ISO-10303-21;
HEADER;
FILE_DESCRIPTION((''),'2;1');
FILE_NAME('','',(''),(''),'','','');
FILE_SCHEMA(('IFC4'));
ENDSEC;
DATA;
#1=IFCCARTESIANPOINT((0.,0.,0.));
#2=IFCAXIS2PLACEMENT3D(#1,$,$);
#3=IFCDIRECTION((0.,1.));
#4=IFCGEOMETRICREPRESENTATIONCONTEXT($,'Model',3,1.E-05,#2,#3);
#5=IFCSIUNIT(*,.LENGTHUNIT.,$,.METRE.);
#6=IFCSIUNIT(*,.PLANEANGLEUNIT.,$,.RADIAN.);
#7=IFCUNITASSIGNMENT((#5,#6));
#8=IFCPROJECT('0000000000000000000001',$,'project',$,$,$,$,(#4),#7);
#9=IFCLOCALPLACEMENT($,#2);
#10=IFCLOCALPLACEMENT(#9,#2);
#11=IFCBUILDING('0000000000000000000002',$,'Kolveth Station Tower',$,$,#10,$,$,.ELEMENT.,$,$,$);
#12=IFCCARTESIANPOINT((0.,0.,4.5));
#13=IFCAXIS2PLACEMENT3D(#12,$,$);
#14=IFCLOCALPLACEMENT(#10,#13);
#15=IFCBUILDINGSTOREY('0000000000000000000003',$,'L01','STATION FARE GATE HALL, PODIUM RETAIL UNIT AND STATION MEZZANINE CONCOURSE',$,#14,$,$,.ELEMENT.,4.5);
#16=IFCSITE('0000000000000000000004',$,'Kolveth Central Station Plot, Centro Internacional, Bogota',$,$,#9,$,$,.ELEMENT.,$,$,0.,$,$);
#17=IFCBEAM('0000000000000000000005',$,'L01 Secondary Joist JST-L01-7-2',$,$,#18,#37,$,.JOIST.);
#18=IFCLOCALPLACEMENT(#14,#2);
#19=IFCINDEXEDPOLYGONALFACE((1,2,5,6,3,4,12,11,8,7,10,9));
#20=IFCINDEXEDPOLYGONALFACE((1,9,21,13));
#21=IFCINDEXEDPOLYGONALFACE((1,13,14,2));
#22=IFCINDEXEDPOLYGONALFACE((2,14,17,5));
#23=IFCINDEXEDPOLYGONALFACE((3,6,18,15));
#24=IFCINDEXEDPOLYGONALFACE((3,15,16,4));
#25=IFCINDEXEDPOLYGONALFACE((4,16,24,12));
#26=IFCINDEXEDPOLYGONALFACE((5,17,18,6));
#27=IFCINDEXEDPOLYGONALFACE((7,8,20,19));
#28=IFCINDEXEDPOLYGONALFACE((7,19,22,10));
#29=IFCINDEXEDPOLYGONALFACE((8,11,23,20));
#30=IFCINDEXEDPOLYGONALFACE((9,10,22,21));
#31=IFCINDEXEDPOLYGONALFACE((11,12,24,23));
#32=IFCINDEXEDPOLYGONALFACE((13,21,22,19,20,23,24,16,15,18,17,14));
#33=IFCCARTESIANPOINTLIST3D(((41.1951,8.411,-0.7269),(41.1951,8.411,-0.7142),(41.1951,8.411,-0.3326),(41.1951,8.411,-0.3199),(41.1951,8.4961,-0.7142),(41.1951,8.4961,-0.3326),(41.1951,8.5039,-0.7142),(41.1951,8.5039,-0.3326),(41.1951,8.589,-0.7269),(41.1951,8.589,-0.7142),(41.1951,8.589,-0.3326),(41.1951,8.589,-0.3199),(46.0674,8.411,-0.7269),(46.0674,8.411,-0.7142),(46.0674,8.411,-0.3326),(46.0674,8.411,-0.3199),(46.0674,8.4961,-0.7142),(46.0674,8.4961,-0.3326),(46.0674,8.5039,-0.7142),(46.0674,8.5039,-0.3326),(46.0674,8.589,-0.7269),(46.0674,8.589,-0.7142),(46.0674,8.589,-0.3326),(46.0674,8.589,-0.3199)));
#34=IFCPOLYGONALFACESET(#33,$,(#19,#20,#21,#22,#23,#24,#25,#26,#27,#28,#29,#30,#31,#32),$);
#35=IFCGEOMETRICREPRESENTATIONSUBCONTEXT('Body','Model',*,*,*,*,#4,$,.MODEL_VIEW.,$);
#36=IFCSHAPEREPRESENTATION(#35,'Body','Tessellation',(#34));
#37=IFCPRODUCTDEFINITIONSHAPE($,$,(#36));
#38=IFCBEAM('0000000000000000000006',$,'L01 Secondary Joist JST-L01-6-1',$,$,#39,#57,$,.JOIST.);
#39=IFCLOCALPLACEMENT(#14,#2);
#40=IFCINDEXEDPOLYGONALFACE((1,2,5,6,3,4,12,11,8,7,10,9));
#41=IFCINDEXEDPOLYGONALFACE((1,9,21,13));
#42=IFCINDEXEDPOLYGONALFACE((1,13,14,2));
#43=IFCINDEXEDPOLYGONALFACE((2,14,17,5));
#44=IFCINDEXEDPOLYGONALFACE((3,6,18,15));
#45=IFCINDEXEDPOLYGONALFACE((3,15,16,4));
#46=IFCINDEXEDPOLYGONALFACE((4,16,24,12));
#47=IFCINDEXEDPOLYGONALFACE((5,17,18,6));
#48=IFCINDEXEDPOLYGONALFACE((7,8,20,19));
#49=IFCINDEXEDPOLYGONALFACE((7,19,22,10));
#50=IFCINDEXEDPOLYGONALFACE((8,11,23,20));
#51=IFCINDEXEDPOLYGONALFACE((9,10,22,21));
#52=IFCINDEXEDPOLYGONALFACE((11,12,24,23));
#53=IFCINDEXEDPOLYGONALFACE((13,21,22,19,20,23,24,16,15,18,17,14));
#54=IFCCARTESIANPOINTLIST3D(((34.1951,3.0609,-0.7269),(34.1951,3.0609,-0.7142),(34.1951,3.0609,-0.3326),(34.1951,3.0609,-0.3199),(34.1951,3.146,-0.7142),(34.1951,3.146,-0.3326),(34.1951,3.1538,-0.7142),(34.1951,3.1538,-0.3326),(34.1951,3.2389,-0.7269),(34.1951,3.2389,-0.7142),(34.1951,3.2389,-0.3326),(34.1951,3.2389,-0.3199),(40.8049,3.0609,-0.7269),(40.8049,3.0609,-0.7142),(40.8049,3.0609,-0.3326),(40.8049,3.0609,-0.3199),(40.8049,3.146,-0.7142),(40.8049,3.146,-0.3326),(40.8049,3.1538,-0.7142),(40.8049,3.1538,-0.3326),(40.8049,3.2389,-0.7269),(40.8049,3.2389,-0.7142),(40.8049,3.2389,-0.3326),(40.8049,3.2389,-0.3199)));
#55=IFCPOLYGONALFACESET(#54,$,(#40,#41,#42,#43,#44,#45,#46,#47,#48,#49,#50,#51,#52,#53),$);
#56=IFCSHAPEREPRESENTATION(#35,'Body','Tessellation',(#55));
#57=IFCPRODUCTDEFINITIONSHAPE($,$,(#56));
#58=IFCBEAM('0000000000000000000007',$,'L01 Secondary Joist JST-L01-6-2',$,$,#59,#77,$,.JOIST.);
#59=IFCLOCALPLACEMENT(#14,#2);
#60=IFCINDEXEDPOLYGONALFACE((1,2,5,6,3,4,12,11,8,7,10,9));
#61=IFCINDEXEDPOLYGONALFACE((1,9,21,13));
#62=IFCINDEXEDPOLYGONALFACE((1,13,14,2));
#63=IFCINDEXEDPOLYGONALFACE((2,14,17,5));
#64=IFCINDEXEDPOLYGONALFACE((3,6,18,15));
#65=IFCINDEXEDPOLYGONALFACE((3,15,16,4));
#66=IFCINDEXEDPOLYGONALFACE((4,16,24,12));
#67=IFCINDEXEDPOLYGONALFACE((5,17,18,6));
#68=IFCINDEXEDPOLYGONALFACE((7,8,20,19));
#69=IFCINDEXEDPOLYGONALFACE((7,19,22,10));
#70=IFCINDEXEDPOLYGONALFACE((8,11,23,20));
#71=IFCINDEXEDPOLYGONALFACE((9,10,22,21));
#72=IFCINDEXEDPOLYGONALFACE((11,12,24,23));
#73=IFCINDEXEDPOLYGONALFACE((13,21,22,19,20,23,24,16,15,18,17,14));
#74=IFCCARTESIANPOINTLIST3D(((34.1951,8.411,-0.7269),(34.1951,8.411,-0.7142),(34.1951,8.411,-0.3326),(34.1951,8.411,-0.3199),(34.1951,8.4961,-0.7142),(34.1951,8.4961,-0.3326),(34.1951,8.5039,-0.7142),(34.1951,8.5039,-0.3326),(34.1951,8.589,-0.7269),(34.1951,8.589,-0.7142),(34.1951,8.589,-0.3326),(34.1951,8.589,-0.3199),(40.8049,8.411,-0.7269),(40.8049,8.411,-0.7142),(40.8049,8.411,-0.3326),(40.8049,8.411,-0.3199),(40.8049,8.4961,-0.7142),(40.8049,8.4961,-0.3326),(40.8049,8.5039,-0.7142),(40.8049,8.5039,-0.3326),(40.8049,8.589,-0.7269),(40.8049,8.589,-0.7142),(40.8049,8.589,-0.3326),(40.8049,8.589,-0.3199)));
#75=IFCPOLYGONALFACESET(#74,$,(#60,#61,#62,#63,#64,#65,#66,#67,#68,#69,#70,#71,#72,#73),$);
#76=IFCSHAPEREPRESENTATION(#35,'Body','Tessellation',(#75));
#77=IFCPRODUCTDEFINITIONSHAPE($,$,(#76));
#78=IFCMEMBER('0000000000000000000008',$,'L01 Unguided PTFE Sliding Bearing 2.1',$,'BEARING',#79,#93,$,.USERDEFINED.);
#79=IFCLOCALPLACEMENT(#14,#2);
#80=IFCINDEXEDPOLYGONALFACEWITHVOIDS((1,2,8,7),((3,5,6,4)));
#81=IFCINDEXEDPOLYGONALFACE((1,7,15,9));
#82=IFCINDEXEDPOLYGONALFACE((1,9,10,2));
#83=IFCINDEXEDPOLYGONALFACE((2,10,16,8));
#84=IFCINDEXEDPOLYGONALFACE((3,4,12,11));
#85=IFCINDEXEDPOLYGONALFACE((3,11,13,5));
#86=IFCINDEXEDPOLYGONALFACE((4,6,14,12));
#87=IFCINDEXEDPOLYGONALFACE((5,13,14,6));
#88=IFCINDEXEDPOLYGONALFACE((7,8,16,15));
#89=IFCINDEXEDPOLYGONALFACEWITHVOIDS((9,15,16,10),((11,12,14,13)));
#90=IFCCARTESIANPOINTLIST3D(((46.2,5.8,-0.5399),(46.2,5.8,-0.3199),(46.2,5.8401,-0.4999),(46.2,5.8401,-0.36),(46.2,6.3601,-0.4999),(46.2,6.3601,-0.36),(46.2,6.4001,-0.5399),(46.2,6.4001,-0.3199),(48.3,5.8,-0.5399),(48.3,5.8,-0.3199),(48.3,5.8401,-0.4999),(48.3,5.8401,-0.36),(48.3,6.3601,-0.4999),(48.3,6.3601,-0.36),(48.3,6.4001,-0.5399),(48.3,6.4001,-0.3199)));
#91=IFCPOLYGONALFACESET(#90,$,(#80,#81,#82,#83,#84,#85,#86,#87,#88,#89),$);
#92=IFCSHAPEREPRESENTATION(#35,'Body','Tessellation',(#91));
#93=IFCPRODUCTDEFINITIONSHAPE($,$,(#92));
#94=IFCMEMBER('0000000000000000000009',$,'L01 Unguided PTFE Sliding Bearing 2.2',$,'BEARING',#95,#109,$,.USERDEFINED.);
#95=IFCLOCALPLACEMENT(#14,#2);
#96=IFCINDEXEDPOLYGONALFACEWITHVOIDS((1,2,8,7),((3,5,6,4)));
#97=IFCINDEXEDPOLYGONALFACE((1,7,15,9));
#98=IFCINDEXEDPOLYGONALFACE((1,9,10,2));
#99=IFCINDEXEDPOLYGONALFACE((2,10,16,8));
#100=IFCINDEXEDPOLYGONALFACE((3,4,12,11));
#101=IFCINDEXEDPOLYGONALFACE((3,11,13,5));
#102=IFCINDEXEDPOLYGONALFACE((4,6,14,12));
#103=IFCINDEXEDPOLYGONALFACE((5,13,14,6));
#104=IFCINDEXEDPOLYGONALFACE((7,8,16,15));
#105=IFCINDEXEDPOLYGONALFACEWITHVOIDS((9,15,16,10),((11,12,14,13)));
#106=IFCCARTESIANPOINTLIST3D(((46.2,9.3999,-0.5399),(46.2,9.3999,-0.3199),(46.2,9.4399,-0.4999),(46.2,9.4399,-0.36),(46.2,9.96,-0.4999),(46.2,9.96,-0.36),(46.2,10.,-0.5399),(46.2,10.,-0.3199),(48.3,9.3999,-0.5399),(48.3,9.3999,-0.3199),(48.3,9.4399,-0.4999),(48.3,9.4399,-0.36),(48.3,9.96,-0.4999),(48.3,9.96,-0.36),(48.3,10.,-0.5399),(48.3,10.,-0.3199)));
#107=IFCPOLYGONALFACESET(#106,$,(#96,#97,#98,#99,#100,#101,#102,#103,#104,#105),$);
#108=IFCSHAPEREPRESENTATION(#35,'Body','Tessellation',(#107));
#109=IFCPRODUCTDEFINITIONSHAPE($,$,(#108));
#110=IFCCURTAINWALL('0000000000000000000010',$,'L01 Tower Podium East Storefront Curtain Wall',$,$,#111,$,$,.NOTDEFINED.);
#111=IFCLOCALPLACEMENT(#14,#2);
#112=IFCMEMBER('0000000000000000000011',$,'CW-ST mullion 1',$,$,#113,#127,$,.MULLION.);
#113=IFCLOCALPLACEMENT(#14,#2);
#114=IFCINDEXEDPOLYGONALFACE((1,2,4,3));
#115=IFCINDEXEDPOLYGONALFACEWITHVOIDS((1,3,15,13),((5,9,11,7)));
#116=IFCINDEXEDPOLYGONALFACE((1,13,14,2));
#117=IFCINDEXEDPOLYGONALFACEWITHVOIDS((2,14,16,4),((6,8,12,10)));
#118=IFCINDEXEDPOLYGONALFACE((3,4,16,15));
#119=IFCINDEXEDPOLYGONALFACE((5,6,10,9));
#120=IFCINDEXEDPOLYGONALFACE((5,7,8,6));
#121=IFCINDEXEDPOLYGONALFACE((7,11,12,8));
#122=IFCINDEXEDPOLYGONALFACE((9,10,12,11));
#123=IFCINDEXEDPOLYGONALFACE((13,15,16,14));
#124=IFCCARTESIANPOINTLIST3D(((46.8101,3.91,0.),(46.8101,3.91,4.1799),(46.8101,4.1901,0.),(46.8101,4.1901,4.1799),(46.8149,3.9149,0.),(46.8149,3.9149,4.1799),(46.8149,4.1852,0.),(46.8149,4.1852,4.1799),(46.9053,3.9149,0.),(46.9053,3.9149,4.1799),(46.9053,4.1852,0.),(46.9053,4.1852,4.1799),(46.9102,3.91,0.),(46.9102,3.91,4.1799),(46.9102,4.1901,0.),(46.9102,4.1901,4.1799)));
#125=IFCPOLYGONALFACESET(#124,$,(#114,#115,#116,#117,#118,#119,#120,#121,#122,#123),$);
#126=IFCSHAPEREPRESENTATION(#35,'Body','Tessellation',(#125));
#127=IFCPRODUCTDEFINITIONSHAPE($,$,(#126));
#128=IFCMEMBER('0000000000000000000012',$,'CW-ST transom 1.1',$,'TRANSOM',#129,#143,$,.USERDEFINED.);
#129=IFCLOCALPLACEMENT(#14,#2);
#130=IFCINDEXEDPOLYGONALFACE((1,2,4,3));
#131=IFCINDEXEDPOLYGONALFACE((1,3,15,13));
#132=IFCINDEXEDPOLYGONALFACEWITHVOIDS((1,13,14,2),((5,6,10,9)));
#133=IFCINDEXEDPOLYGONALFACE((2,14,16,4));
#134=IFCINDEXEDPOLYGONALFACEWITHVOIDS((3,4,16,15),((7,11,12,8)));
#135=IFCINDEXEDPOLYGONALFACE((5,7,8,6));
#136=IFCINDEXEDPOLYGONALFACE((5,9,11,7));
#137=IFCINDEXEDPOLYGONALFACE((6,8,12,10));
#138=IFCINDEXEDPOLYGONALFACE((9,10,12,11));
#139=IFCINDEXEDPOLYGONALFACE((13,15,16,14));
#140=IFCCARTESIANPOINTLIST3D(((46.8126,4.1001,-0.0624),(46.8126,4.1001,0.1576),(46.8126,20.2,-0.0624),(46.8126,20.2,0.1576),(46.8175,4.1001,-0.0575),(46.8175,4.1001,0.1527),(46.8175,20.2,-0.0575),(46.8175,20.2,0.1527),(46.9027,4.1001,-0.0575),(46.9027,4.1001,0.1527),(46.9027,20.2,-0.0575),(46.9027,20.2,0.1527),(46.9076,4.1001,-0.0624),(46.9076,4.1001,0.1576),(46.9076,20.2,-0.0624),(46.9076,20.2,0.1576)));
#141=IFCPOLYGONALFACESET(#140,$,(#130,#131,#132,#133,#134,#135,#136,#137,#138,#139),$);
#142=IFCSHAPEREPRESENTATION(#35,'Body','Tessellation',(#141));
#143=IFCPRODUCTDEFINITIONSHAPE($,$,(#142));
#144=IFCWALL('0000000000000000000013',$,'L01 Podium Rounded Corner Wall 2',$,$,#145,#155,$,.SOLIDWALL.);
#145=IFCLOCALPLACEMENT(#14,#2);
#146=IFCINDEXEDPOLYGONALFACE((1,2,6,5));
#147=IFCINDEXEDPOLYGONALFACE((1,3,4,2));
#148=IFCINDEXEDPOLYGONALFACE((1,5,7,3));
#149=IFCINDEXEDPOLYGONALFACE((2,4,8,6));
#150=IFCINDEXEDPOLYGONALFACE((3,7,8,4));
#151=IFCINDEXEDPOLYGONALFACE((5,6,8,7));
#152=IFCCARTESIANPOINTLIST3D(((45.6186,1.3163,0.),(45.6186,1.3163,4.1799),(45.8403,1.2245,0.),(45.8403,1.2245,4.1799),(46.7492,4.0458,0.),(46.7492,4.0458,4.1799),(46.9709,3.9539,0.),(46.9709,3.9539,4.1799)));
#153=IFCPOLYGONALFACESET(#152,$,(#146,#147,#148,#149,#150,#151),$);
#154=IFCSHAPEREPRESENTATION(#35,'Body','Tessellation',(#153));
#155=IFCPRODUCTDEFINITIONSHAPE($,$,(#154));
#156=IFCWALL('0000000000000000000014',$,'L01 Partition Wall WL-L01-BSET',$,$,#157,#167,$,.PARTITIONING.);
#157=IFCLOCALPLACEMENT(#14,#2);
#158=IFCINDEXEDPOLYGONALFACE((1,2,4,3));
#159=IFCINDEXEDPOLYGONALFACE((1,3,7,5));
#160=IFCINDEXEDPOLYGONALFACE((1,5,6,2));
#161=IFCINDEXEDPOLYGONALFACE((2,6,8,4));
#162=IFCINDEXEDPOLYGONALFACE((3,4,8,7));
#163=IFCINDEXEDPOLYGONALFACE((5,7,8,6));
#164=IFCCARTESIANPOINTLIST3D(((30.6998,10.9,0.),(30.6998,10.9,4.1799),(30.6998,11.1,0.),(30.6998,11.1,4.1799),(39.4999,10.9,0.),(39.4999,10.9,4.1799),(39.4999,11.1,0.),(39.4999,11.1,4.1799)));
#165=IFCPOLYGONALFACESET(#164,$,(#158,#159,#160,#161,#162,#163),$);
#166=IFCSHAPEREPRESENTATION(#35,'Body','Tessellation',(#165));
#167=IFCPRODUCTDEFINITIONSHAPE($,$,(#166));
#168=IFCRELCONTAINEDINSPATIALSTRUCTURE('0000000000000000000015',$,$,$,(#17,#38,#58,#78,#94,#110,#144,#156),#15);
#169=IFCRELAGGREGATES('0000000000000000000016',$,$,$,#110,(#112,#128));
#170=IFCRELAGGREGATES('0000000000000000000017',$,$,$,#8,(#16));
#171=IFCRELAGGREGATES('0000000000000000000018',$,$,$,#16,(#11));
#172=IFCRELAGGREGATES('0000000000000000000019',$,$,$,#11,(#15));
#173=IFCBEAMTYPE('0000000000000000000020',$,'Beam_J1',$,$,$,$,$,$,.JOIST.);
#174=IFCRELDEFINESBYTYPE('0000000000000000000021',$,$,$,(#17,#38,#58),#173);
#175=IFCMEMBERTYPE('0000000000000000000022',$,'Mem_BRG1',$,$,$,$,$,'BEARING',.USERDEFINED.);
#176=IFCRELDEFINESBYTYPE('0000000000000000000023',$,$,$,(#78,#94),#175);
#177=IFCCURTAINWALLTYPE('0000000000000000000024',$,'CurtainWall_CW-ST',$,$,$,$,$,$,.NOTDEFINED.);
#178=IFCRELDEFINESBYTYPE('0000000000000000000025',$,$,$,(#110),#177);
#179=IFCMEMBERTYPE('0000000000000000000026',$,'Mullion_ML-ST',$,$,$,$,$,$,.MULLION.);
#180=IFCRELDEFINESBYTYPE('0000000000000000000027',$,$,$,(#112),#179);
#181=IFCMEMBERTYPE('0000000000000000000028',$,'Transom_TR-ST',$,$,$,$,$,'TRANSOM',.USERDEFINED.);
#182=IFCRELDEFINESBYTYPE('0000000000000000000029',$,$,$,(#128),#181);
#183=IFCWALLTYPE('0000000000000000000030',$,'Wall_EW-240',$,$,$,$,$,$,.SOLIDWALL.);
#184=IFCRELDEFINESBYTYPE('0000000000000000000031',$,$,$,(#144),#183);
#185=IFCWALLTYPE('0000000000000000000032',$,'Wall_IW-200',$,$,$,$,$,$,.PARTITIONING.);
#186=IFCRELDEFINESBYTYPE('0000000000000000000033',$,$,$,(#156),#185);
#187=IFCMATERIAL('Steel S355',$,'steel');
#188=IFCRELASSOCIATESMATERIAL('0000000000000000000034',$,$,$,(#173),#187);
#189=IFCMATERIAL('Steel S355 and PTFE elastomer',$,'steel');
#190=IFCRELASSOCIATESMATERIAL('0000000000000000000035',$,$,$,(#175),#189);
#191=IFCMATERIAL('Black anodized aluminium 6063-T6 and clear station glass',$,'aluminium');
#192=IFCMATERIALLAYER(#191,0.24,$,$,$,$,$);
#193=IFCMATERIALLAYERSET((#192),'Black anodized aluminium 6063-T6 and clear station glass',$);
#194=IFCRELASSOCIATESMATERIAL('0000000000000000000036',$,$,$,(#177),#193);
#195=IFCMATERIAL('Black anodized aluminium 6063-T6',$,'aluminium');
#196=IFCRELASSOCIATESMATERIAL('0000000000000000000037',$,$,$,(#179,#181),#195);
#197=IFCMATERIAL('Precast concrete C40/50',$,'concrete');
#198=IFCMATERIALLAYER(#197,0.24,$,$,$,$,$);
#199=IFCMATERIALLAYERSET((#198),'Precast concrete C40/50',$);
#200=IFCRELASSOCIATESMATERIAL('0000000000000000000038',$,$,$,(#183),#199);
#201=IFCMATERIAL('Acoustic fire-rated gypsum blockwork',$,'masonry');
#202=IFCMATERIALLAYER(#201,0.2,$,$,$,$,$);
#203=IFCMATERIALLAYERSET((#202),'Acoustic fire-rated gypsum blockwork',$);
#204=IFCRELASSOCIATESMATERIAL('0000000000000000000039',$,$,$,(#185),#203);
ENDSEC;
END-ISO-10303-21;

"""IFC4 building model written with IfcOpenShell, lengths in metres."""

from ifc_helpers import new_model, si_unit, direction, frame, frame_2d, origin, origin_2d, place, context, subcontext, project, spatial, rectangle, hollow_rectangle, i_section, extrude, source, transform, mapped, material, layer, layer_set, material_profile, profile_set, type_object, element, aggregate, save


model = new_model("IFC4")

# Units and contexts
model_context = context("Model", 3, precision=1e-05, world=origin(), true_north=direction((0.0, 1.0)))
body_context = subcontext(model_context, "Body", "Model", "MODEL_VIEW")
ifc_project = project(units=[si_unit("LENGTHUNIT", "METRE"), si_unit("PLANEANGLEUNIT", "RADIAN")], contexts=[model_context])

# Site, building, storey
site_placement = place(None, origin())
site = spatial("IfcSite", under=ifc_project, at=site_placement, Name="Kolveth Central Station Plot, Centro Internacional, Bogota", CompositionType="ELEMENT", RefElevation=0.0)
building_placement = place(site_placement, origin())
building = spatial("IfcBuilding", under=site, at=building_placement, Name="Kolveth Station Tower", CompositionType="ELEMENT")
storey_placement = place(building_placement, frame((0.0, 0.0, 4.5)))
storey = spatial("IfcBuildingStorey", under=building, at=storey_placement, Name="L01", Description="STATION FARE GATE HALL, PODIUM RETAIL UNIT AND STATION MEZZANINE CONCOURSE", CompositionType="ELEMENT", Elevation=4.5)

# Beams
ifc_material_1 = material(Name="Steel S355", Category="steel")
ifc_material_profile_1 = material_profile(ifc_material_1, i_section(OverallWidth=0.178, OverallDepth=0.407, WebThickness=0.0078, FlangeThickness=0.0127, at=origin_2d()), Name="W410x60")
ifc_profile_set_1 = profile_set([ifc_material_profile_1], Name="Steel S355")
beam_type_1 = type_object("IfcBeamType", Name="Beam_J1", PredefinedType="JOIST", material=ifc_profile_set_1)
shared_shape_1 = source(origin(), body_context, "Body", "SweptSolid", [
    extrude(i_section(OverallWidth=0.178, OverallDepth=0.407, WebThickness=0.0078, FlangeThickness=0.0127, at=origin_2d()), origin(), (0.0, 0.0, 1.0), 4.8723),
])
beam_1_placement = place(storey_placement, frame((41.1951, 8.5, -0.5234), z_axis=(1.0, 0.0, 0.0), x_axis=(0.0, 1.0, 0.0)))
element("IfcBeam", 1, at=beam_1_placement, inside=storey, type_object=beam_type_1, Name="L01 Secondary Joist JST-L01-7-2", PredefinedType="JOIST", context=body_context, shape_type="MappedRepresentation", body=[
    mapped(shared_shape_1, transform((0.0, 0.0, 0.0), x_axis=(1.0, 0.0, 0.0), y_axis=(0.0, 1.0, 0.0), z_axis=(0.0, 0.0, 1.0), scale=1.0)),
])
shared_shape_2 = source(origin(), body_context, "Body", "SweptSolid", [
    extrude(i_section(OverallWidth=0.178, OverallDepth=0.407, WebThickness=0.0078, FlangeThickness=0.0127, at=origin_2d()), origin(), (0.0, 0.0, 1.0), 6.6099),
])
for number, where, z_axis, x_axis, name in (
    (2, (34.1951, 3.1499, -0.5234), (1.0, 0.0, 0.0), (0.0, 1.0, 0.0), "L01 Secondary Joist JST-L01-6-1"),
    (3, (34.1951, 8.5, -0.5234), (1.0, 0.0, 0.0), (0.0, 1.0, 0.0), "L01 Secondary Joist JST-L01-6-2"),
):
    element("IfcBeam", number, at=place(storey_placement, frame(where, z_axis=z_axis, x_axis=x_axis)), inside=storey, type_object=beam_type_1, Name=name, PredefinedType="JOIST", context=body_context, shape_type="MappedRepresentation", body=[
        mapped(shared_shape_2, transform((0.0, 0.0, 0.0), x_axis=(1.0, 0.0, 0.0), y_axis=(0.0, 1.0, 0.0), z_axis=(0.0, 0.0, 1.0), scale=1.0)),
    ])

# Members
ifc_material_2 = material(Name="Steel S355 and PTFE elastomer", Category="steel")
ifc_material_profile_2 = material_profile(ifc_material_2, hollow_rectangle(XDim=0.6001, YDim=0.22, WallThickness=0.04, at=origin_2d()), Name="PTFE-BEARING-750x600")
ifc_profile_set_2 = profile_set([ifc_material_profile_2], Name="Steel S355 and PTFE elastomer")
member_type_1 = type_object("IfcMemberType", Name="Mem_BRG1", ElementType="BEARING", PredefinedType="USERDEFINED", material=ifc_profile_set_2)
shared_shape_3 = source(origin(), body_context, "Body", "SweptSolid", [
    extrude(hollow_rectangle(XDim=0.6001, YDim=0.22, WallThickness=0.04, at=origin_2d()), origin(), (0.0, 0.0, 1.0), 2.1001),
])
for number, where, z_axis, x_axis, name in (
    (4, (46.2, 6.1001, -0.4299), (1.0, 0.0, 0.0), (0.0, 1.0, 0.0), "L01 Unguided PTFE Sliding Bearing 2.1"),
    (5, (46.2, 9.7, -0.4299), (1.0, 0.0, 0.0), (0.0, 1.0, 0.0), "L01 Unguided PTFE Sliding Bearing 2.2"),
):
    element("IfcMember", number, at=place(storey_placement, frame(where, z_axis=z_axis, x_axis=x_axis)), inside=storey, type_object=member_type_1, Name=name, ObjectType="BEARING", PredefinedType="USERDEFINED", context=body_context, shape_type="MappedRepresentation", body=[
        mapped(shared_shape_3, transform((0.0, 0.0, 0.0), x_axis=(1.0, 0.0, 0.0), y_axis=(0.0, 1.0, 0.0), z_axis=(0.0, 0.0, 1.0), scale=1.0)),
    ])

# Curtain wall, members
ifc_material_3 = material(Name="Black anodized aluminium 6063-T6 and clear station glass", Category="aluminium")
ifc_layer_1 = layer(ifc_material_3, 0.24)
ifc_layer_set_1 = layer_set([ifc_layer_1], Name="Black anodized aluminium 6063-T6 and clear station glass")
curtain_wall_type = type_object("IfcCurtainWallType", Name="CurtainWall_CW-ST", PredefinedType="NOTDEFINED", material=ifc_layer_set_1)
curtain_wall_placement = place(storey_placement, origin())
curtain_wall = element("IfcCurtainWall", 6, at=curtain_wall_placement, inside=storey, type_object=curtain_wall_type, Name="L01 Tower Podium East Storefront Curtain Wall", PredefinedType="NOTDEFINED")
ifc_material_4 = material(Name="Black anodized aluminium 6063-T6", Category="aluminium")
ifc_material_profile_3 = material_profile(ifc_material_4, hollow_rectangle(XDim=0.1001, YDim=0.28, WallThickness=0.0049, at=origin_2d()), Name="ALU-100x280x5")
ifc_profile_set_3 = profile_set([ifc_material_profile_3], Name="Black anodized aluminium 6063-T6")
member_type_2 = type_object("IfcMemberType", Name="Mullion_ML-ST", PredefinedType="MULLION", material=ifc_profile_set_3)
shared_shape_4 = source(origin(), body_context, "Body", "SweptSolid", [
    extrude(hollow_rectangle(XDim=0.1001, YDim=0.28, WallThickness=0.0049, at=origin_2d()), origin(), (0.0, 0.0, 1.0), 4.1799),
])
member_1_placement = place(storey_placement, frame((46.8601, 4.05, 0.0), z_axis=(0.0, 0.0, 1.0), x_axis=(-1.0, 0.0, 0.0)))
member_1 = element("IfcMember", 7, at=member_1_placement, type_object=member_type_2, Name="CW-ST mullion 1", PredefinedType="MULLION", context=body_context, shape_type="MappedRepresentation", body=[
    mapped(shared_shape_4, transform((0.0, 0.0, 0.0), x_axis=(1.0, 0.0, 0.0), y_axis=(0.0, 1.0, 0.0), z_axis=(0.0, 0.0, 1.0), scale=1.0)),
])
ifc_material_profile_4 = material_profile(ifc_material_4, hollow_rectangle(XDim=0.095, YDim=0.22, WallThickness=0.0049, at=origin_2d()), Name="ALU-95x220x5")
ifc_profile_set_4 = profile_set([ifc_material_profile_4], Name="Black anodized aluminium 6063-T6")
member_type_3 = type_object("IfcMemberType", Name="Transom_TR-ST", ElementType="TRANSOM", PredefinedType="USERDEFINED", material=ifc_profile_set_4)
shared_shape_5 = source(origin(), body_context, "Body", "SweptSolid", [
    extrude(hollow_rectangle(XDim=0.095, YDim=0.22, WallThickness=0.0049, at=origin_2d()), origin(), (0.0, 0.0, 1.0), 16.0999),
])
member_2_placement = place(storey_placement, frame((46.8601, 4.1001, 0.0476), z_axis=(0.0, 1.0, 0.0), x_axis=(-1.0, 0.0, 0.0)))
member_2 = element("IfcMember", 8, at=member_2_placement, type_object=member_type_3, Name="CW-ST transom 1.1", ObjectType="TRANSOM", PredefinedType="USERDEFINED", context=body_context, shape_type="MappedRepresentation", body=[
    mapped(shared_shape_5, transform((0.0, 0.0, 0.0), x_axis=(1.0, 0.0, 0.0), y_axis=(0.0, 1.0, 0.0), z_axis=(0.0, 0.0, 1.0), scale=1.0)),
])
aggregate(curtain_wall, [member_1, member_2])

# Walls
ifc_material_5 = material(Name="Precast concrete C40/50", Category="concrete")
ifc_layer_2 = layer(ifc_material_5, 0.24)
ifc_layer_set_2 = layer_set([ifc_layer_2], Name="Precast concrete C40/50")
wall_type_1 = type_object("IfcWallType", Name="Wall_EW-240", PredefinedType="SOLIDWALL", material=ifc_layer_set_2)
wall_1_placement = place(storey_placement, frame((45.7295, 1.2705, 0.0), z_axis=(0.0, 0.0, 1.0), x_axis=(0.38269, 0.923877, 0.0)))
element("IfcWall", 9, at=wall_1_placement, inside=storey, type_object=wall_type_1, Name="L01 Podium Rounded Corner Wall 2", PredefinedType="SOLIDWALL", context=body_context, shape_type="SweptSolid", body=[
    extrude(rectangle(XDim=2.9543, YDim=0.24, at=frame_2d((1.4771, 0.0))), origin(), (0.0, 0.0, 1.0), 4.1799),
])
ifc_material_6 = material(Name="Acoustic fire-rated gypsum blockwork", Category="masonry")
ifc_layer_3 = layer(ifc_material_6, 0.2)
ifc_layer_set_3 = layer_set([ifc_layer_3], Name="Acoustic fire-rated gypsum blockwork")
wall_type_2 = type_object("IfcWallType", Name="Wall_IW-200", PredefinedType="PARTITIONING", material=ifc_layer_set_3)
wall_2_placement = place(storey_placement, frame((30.7, 11.0, 0.0), z_axis=(0.0, 0.0, 1.0), x_axis=(1.0, 0.0, 0.0)))
element("IfcWall", 10, at=wall_2_placement, inside=storey, type_object=wall_type_2, Name="L01 Partition Wall WL-L01-BSET", PredefinedType="PARTITIONING", context=body_context, shape_type="SweptSolid", body=[
    extrude(rectangle(XDim=8.8, YDim=0.2, at=frame_2d((4.3999, 0.0))), origin(), (0.0, 0.0, 1.0), 4.1799),
])

save(model, "model.ifc")
